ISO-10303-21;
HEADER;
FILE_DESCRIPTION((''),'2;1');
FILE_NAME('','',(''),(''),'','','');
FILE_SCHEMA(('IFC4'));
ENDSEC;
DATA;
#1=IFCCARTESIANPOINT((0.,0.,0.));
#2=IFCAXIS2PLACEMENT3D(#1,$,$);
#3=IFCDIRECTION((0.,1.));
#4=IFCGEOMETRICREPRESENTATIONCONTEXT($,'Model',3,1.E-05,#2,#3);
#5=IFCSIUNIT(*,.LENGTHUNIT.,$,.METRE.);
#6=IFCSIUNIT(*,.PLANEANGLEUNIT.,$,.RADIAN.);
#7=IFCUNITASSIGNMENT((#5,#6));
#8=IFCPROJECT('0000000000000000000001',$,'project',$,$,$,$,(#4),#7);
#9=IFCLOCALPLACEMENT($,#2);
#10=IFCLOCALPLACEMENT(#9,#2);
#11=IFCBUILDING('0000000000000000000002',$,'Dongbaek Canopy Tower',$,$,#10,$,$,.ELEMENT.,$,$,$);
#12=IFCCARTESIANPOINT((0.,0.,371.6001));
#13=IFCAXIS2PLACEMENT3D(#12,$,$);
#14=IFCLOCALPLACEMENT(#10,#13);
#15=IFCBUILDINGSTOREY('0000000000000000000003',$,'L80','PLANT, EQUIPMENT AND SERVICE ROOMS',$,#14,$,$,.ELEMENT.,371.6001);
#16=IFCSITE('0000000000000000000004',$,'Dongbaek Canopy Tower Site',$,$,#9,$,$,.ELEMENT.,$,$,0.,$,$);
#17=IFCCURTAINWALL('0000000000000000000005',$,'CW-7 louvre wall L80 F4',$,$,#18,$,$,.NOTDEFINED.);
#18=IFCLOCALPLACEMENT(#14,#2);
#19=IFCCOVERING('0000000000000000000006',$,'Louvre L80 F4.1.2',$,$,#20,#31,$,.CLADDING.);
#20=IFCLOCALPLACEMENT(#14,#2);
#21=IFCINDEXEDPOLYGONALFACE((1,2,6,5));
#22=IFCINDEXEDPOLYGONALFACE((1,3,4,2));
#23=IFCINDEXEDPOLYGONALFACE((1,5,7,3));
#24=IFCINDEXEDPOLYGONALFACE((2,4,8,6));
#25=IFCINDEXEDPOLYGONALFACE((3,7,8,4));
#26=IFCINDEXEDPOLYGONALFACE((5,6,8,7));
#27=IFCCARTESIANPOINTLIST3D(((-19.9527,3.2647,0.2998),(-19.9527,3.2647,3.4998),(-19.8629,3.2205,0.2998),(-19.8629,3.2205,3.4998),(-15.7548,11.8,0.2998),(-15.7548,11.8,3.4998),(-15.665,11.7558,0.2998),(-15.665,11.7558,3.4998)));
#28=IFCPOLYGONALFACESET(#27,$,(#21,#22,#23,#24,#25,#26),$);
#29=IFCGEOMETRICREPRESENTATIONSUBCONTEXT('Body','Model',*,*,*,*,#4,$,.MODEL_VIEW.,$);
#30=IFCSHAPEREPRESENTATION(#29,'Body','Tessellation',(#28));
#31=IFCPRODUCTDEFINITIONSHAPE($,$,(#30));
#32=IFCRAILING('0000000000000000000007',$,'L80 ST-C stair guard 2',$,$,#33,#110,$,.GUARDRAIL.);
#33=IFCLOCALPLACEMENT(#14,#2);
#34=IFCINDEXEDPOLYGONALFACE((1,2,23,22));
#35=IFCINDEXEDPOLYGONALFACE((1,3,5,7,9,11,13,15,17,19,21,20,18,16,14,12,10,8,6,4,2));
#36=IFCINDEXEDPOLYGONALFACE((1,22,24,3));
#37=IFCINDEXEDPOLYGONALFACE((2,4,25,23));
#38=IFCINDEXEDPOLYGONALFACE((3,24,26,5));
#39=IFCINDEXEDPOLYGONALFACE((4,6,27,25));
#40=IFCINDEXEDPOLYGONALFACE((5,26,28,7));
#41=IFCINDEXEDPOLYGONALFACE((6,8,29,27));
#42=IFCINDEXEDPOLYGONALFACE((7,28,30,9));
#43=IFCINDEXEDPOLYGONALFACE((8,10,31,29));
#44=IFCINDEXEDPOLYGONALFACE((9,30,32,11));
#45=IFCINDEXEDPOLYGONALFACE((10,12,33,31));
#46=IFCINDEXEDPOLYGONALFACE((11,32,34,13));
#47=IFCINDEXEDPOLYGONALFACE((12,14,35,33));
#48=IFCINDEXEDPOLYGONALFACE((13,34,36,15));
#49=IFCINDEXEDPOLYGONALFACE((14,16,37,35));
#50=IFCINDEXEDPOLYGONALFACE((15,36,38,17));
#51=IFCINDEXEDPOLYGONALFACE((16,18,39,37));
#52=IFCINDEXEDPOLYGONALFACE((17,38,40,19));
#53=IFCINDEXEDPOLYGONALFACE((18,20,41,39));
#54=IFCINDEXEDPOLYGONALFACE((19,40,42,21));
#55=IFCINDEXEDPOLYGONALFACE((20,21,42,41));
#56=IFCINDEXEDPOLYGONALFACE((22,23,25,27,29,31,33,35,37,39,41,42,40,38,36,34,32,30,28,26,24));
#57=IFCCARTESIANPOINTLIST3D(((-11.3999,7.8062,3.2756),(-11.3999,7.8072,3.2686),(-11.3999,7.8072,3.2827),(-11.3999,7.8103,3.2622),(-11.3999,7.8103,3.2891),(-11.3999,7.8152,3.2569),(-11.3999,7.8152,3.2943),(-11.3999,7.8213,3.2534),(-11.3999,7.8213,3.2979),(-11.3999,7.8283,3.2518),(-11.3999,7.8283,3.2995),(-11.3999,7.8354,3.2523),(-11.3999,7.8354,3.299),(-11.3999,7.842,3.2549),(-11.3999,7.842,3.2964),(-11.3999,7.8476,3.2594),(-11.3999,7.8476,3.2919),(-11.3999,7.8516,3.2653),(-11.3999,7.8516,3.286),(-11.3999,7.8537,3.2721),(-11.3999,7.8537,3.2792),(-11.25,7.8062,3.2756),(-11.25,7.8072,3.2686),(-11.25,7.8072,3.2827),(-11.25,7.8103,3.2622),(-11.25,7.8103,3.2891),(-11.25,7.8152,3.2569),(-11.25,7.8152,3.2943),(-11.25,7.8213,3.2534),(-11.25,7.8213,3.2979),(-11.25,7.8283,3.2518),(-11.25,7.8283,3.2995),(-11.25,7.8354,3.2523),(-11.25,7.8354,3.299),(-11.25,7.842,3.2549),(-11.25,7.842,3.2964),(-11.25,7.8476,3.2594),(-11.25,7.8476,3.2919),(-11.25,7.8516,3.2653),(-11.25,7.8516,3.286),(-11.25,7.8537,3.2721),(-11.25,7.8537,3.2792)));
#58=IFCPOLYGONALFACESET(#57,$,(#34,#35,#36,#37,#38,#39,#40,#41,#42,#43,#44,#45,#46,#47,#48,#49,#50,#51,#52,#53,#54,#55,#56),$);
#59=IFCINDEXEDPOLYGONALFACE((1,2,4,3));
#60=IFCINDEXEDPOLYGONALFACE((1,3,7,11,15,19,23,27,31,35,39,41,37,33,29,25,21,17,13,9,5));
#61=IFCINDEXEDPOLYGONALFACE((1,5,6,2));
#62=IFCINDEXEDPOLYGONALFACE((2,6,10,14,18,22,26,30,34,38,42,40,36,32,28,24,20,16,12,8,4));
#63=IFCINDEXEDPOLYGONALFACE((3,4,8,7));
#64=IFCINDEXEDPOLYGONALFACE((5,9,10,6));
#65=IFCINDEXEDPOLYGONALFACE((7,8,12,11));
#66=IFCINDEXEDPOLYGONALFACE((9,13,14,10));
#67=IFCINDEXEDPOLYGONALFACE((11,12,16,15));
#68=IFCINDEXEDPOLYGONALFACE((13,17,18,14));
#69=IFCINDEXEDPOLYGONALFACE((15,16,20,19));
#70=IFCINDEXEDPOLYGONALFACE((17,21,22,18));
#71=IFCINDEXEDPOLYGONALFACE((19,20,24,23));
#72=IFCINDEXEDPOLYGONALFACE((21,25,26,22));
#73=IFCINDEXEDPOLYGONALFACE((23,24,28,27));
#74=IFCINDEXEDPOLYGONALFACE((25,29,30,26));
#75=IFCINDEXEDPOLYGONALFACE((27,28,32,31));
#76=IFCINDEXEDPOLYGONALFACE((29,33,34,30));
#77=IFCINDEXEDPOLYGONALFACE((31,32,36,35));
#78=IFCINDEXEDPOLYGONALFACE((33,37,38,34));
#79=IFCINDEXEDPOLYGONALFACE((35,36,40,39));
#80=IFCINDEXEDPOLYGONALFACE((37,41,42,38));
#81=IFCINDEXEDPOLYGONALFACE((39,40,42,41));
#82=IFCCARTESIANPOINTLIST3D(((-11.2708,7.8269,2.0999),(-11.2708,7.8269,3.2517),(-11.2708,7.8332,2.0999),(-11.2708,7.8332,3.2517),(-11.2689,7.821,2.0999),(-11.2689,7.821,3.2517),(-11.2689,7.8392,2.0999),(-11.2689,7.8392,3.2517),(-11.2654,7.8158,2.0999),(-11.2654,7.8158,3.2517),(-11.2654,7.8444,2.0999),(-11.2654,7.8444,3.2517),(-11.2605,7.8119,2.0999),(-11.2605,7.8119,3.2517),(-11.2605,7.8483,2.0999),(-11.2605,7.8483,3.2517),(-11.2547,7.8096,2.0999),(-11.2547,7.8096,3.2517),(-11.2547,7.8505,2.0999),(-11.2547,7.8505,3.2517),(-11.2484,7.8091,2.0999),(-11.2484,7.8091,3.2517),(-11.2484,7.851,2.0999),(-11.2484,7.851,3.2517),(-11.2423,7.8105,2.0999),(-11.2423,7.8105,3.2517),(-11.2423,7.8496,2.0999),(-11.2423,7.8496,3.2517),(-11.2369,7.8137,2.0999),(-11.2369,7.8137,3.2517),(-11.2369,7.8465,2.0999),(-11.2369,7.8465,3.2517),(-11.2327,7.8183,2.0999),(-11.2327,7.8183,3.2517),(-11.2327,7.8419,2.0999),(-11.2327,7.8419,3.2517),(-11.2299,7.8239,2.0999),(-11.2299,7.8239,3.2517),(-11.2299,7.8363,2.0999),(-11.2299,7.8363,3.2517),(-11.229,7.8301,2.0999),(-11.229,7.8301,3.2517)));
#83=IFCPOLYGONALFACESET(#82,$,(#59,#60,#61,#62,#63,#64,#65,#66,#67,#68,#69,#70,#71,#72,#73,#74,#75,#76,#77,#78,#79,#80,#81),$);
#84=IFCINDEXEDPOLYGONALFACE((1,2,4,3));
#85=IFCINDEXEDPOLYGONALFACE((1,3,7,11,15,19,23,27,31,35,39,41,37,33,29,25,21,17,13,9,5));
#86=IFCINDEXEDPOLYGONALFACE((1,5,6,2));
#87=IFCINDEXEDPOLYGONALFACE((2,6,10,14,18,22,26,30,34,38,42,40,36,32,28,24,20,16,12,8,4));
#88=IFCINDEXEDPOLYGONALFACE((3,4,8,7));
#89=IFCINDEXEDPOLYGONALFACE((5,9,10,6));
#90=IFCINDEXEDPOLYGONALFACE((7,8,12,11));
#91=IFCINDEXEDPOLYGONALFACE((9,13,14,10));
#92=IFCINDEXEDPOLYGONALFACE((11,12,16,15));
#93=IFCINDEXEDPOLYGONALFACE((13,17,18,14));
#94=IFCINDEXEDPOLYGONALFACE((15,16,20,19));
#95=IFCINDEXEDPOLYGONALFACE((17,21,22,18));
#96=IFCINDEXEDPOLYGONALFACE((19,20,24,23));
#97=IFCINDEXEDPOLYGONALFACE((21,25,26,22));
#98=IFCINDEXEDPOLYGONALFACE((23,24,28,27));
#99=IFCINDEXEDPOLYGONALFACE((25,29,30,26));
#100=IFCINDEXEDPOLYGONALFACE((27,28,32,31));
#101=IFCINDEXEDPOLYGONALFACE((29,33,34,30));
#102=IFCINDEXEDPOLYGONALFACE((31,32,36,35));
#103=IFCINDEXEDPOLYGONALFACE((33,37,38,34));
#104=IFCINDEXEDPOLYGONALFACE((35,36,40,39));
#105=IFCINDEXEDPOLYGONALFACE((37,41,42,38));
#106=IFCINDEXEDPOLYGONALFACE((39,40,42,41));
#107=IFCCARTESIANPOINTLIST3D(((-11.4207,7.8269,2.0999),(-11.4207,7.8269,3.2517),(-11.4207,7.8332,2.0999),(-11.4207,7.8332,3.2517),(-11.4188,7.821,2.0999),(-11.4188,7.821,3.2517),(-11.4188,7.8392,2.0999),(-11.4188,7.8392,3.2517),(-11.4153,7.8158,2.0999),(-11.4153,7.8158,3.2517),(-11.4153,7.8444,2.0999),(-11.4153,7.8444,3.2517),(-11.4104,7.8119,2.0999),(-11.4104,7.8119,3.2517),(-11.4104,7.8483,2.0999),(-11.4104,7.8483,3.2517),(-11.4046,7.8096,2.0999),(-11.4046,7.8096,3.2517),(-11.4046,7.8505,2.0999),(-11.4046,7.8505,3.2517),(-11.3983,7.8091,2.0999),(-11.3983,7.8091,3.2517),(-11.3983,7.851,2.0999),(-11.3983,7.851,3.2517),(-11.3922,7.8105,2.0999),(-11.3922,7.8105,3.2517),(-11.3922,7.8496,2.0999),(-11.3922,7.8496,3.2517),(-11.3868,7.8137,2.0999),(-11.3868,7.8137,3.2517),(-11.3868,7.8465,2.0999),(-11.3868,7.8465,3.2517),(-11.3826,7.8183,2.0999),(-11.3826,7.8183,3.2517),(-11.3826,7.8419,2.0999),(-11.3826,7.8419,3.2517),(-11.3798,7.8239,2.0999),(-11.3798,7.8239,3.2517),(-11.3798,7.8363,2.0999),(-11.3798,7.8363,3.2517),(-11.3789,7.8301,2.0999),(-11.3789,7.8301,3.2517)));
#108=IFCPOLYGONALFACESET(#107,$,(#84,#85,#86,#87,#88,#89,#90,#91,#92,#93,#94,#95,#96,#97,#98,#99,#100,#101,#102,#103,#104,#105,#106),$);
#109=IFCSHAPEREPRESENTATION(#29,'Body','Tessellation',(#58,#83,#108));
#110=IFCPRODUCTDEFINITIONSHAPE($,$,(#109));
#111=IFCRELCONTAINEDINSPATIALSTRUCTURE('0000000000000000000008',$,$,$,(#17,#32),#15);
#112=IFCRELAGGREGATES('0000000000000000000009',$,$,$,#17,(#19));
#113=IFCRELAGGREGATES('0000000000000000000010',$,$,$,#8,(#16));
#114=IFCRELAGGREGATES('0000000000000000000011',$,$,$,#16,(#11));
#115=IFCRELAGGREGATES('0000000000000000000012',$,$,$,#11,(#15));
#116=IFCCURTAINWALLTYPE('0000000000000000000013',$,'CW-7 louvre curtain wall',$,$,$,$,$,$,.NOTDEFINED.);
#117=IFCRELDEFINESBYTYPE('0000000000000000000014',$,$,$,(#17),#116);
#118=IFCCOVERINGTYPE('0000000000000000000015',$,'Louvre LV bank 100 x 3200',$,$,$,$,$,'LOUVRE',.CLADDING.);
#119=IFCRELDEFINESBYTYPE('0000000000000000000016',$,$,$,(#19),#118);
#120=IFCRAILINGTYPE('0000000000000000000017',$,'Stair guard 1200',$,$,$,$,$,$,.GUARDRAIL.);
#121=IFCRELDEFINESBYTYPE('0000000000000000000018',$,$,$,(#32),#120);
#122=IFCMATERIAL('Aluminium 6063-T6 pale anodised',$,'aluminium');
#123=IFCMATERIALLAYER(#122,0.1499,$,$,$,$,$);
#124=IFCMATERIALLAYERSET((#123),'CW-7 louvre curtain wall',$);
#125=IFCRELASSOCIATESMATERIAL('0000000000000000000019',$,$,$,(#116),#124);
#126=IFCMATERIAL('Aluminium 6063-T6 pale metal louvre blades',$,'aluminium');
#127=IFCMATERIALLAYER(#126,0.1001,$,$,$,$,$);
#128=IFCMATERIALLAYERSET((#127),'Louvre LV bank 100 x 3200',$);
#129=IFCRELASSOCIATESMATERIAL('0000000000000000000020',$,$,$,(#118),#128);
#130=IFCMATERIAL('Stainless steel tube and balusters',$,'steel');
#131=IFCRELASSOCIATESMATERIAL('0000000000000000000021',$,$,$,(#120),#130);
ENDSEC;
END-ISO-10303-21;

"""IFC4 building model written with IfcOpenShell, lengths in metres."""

from ifc_helpers import new_model, si_unit, direction, frame, origin, origin_2d, place, context, subcontext, project, spatial, rectangle, circle, extrude, material, layer, layer_set, type_object, element, aggregate, save


model = new_model("IFC4")

# Units and contexts
model_context = context("Model", 3, precision=1e-05, world=origin(), true_north=direction((0.0, 1.0)))
body_context = subcontext(model_context, "Body", "Model", "MODEL_VIEW")
ifc_project = project(units=[si_unit("LENGTHUNIT", "METRE"), si_unit("PLANEANGLEUNIT", "RADIAN")], contexts=[model_context])

# Site, building, storey
site_placement = place(None, origin())
site = spatial("IfcSite", under=ifc_project, at=site_placement, Name="Dongbaek Canopy Tower Site", CompositionType="ELEMENT", RefElevation=0.0)
building_placement = place(site_placement, origin())
building = spatial("IfcBuilding", under=site, at=building_placement, Name="Dongbaek Canopy Tower", CompositionType="ELEMENT")
storey_placement = place(building_placement, frame((0.0, 0.0, 371.6001)))
storey = spatial("IfcBuildingStorey", under=building, at=storey_placement, Name="L80", Description="PLANT, EQUIPMENT AND SERVICE ROOMS", CompositionType="ELEMENT", Elevation=371.6001)

# Curtain wall
ifc_material_1 = material(Name="Aluminium 6063-T6 pale anodised", Category="aluminium")
ifc_layer_1 = layer(ifc_material_1, 0.1499)
ifc_layer_set_1 = layer_set([ifc_layer_1], Name="CW-7 louvre curtain wall")
curtain_wall_type = type_object("IfcCurtainWallType", Name="CW-7 louvre curtain wall", PredefinedType="NOTDEFINED", material=ifc_layer_set_1)
curtain_wall_1_placement = place(storey_placement, origin())
curtain_wall_1 = element("IfcCurtainWall", 1, at=curtain_wall_1_placement, inside=storey, type_object=curtain_wall_type, Name="CW-7 louvre wall L80 F4", PredefinedType="NOTDEFINED")

# Covering
ifc_material_2 = material(Name="Aluminium 6063-T6 pale metal louvre blades", Category="aluminium")
ifc_layer_2 = layer(ifc_material_2, 0.1001)
ifc_layer_set_2 = layer_set([ifc_layer_2], Name="Louvre LV bank 100 x 3200")
covering_type = type_object("IfcCoveringType", Name="Louvre LV bank 100 x 3200", ElementType="LOUVRE", PredefinedType="CLADDING", material=ifc_layer_set_2)
covering_1_placement = place(storey_placement, frame((-17.8088, 7.5103, 0.2998), z_axis=(0.0, 0.0, 1.0), x_axis=(-0.441342, -0.897339, 0.0)))
covering_1 = element("IfcCovering", 2, at=covering_1_placement, type_object=covering_type, Name="Louvre L80 F4.1.2", PredefinedType="CLADDING", context=body_context, shape_type="SweptSolid", body=[
    extrude(rectangle(XDim=9.5117, YDim=0.1001, at=origin_2d()), origin(), (0.0, 0.0, 1.0), 3.2),
])

# Railing
ifc_material_3 = material(Name="Stainless steel tube and balusters", Category="steel")
railing_type_1 = type_object("IfcRailingType", Name="Stair guard 1200", PredefinedType="GUARDRAIL", material=ifc_material_3)
railing_1_placement = place(storey_placement, frame((-11.25, 7.8301, 2.0999)))
element("IfcRailing", 3, at=railing_1_placement, inside=storey, type_object=railing_type_1, Name="L80 ST-C stair guard 2", PredefinedType="GUARDRAIL", context=body_context, shape_type="SweptSolid", body=[
    extrude(circle(Radius=0.0239, at=origin_2d()), frame((0.0, 0.0, 1.1758), z_axis=(-1.0, 0.0, 0.0), x_axis=(0.0, -1.0, 0.0)), (0.0, 0.0, 1.0), 0.1499),
    extrude(circle(Radius=0.021, at=origin_2d()), origin(), (0.0, 0.0, 1.0), 1.1519),
    extrude(circle(Radius=0.021, at=origin_2d()), frame((-0.1499, 0.0, 0.0)), (0.0, 0.0, 1.0), 1.1519),
])

aggregate(curtain_wall_1, [covering_1])

save(model, "model.ifc")
